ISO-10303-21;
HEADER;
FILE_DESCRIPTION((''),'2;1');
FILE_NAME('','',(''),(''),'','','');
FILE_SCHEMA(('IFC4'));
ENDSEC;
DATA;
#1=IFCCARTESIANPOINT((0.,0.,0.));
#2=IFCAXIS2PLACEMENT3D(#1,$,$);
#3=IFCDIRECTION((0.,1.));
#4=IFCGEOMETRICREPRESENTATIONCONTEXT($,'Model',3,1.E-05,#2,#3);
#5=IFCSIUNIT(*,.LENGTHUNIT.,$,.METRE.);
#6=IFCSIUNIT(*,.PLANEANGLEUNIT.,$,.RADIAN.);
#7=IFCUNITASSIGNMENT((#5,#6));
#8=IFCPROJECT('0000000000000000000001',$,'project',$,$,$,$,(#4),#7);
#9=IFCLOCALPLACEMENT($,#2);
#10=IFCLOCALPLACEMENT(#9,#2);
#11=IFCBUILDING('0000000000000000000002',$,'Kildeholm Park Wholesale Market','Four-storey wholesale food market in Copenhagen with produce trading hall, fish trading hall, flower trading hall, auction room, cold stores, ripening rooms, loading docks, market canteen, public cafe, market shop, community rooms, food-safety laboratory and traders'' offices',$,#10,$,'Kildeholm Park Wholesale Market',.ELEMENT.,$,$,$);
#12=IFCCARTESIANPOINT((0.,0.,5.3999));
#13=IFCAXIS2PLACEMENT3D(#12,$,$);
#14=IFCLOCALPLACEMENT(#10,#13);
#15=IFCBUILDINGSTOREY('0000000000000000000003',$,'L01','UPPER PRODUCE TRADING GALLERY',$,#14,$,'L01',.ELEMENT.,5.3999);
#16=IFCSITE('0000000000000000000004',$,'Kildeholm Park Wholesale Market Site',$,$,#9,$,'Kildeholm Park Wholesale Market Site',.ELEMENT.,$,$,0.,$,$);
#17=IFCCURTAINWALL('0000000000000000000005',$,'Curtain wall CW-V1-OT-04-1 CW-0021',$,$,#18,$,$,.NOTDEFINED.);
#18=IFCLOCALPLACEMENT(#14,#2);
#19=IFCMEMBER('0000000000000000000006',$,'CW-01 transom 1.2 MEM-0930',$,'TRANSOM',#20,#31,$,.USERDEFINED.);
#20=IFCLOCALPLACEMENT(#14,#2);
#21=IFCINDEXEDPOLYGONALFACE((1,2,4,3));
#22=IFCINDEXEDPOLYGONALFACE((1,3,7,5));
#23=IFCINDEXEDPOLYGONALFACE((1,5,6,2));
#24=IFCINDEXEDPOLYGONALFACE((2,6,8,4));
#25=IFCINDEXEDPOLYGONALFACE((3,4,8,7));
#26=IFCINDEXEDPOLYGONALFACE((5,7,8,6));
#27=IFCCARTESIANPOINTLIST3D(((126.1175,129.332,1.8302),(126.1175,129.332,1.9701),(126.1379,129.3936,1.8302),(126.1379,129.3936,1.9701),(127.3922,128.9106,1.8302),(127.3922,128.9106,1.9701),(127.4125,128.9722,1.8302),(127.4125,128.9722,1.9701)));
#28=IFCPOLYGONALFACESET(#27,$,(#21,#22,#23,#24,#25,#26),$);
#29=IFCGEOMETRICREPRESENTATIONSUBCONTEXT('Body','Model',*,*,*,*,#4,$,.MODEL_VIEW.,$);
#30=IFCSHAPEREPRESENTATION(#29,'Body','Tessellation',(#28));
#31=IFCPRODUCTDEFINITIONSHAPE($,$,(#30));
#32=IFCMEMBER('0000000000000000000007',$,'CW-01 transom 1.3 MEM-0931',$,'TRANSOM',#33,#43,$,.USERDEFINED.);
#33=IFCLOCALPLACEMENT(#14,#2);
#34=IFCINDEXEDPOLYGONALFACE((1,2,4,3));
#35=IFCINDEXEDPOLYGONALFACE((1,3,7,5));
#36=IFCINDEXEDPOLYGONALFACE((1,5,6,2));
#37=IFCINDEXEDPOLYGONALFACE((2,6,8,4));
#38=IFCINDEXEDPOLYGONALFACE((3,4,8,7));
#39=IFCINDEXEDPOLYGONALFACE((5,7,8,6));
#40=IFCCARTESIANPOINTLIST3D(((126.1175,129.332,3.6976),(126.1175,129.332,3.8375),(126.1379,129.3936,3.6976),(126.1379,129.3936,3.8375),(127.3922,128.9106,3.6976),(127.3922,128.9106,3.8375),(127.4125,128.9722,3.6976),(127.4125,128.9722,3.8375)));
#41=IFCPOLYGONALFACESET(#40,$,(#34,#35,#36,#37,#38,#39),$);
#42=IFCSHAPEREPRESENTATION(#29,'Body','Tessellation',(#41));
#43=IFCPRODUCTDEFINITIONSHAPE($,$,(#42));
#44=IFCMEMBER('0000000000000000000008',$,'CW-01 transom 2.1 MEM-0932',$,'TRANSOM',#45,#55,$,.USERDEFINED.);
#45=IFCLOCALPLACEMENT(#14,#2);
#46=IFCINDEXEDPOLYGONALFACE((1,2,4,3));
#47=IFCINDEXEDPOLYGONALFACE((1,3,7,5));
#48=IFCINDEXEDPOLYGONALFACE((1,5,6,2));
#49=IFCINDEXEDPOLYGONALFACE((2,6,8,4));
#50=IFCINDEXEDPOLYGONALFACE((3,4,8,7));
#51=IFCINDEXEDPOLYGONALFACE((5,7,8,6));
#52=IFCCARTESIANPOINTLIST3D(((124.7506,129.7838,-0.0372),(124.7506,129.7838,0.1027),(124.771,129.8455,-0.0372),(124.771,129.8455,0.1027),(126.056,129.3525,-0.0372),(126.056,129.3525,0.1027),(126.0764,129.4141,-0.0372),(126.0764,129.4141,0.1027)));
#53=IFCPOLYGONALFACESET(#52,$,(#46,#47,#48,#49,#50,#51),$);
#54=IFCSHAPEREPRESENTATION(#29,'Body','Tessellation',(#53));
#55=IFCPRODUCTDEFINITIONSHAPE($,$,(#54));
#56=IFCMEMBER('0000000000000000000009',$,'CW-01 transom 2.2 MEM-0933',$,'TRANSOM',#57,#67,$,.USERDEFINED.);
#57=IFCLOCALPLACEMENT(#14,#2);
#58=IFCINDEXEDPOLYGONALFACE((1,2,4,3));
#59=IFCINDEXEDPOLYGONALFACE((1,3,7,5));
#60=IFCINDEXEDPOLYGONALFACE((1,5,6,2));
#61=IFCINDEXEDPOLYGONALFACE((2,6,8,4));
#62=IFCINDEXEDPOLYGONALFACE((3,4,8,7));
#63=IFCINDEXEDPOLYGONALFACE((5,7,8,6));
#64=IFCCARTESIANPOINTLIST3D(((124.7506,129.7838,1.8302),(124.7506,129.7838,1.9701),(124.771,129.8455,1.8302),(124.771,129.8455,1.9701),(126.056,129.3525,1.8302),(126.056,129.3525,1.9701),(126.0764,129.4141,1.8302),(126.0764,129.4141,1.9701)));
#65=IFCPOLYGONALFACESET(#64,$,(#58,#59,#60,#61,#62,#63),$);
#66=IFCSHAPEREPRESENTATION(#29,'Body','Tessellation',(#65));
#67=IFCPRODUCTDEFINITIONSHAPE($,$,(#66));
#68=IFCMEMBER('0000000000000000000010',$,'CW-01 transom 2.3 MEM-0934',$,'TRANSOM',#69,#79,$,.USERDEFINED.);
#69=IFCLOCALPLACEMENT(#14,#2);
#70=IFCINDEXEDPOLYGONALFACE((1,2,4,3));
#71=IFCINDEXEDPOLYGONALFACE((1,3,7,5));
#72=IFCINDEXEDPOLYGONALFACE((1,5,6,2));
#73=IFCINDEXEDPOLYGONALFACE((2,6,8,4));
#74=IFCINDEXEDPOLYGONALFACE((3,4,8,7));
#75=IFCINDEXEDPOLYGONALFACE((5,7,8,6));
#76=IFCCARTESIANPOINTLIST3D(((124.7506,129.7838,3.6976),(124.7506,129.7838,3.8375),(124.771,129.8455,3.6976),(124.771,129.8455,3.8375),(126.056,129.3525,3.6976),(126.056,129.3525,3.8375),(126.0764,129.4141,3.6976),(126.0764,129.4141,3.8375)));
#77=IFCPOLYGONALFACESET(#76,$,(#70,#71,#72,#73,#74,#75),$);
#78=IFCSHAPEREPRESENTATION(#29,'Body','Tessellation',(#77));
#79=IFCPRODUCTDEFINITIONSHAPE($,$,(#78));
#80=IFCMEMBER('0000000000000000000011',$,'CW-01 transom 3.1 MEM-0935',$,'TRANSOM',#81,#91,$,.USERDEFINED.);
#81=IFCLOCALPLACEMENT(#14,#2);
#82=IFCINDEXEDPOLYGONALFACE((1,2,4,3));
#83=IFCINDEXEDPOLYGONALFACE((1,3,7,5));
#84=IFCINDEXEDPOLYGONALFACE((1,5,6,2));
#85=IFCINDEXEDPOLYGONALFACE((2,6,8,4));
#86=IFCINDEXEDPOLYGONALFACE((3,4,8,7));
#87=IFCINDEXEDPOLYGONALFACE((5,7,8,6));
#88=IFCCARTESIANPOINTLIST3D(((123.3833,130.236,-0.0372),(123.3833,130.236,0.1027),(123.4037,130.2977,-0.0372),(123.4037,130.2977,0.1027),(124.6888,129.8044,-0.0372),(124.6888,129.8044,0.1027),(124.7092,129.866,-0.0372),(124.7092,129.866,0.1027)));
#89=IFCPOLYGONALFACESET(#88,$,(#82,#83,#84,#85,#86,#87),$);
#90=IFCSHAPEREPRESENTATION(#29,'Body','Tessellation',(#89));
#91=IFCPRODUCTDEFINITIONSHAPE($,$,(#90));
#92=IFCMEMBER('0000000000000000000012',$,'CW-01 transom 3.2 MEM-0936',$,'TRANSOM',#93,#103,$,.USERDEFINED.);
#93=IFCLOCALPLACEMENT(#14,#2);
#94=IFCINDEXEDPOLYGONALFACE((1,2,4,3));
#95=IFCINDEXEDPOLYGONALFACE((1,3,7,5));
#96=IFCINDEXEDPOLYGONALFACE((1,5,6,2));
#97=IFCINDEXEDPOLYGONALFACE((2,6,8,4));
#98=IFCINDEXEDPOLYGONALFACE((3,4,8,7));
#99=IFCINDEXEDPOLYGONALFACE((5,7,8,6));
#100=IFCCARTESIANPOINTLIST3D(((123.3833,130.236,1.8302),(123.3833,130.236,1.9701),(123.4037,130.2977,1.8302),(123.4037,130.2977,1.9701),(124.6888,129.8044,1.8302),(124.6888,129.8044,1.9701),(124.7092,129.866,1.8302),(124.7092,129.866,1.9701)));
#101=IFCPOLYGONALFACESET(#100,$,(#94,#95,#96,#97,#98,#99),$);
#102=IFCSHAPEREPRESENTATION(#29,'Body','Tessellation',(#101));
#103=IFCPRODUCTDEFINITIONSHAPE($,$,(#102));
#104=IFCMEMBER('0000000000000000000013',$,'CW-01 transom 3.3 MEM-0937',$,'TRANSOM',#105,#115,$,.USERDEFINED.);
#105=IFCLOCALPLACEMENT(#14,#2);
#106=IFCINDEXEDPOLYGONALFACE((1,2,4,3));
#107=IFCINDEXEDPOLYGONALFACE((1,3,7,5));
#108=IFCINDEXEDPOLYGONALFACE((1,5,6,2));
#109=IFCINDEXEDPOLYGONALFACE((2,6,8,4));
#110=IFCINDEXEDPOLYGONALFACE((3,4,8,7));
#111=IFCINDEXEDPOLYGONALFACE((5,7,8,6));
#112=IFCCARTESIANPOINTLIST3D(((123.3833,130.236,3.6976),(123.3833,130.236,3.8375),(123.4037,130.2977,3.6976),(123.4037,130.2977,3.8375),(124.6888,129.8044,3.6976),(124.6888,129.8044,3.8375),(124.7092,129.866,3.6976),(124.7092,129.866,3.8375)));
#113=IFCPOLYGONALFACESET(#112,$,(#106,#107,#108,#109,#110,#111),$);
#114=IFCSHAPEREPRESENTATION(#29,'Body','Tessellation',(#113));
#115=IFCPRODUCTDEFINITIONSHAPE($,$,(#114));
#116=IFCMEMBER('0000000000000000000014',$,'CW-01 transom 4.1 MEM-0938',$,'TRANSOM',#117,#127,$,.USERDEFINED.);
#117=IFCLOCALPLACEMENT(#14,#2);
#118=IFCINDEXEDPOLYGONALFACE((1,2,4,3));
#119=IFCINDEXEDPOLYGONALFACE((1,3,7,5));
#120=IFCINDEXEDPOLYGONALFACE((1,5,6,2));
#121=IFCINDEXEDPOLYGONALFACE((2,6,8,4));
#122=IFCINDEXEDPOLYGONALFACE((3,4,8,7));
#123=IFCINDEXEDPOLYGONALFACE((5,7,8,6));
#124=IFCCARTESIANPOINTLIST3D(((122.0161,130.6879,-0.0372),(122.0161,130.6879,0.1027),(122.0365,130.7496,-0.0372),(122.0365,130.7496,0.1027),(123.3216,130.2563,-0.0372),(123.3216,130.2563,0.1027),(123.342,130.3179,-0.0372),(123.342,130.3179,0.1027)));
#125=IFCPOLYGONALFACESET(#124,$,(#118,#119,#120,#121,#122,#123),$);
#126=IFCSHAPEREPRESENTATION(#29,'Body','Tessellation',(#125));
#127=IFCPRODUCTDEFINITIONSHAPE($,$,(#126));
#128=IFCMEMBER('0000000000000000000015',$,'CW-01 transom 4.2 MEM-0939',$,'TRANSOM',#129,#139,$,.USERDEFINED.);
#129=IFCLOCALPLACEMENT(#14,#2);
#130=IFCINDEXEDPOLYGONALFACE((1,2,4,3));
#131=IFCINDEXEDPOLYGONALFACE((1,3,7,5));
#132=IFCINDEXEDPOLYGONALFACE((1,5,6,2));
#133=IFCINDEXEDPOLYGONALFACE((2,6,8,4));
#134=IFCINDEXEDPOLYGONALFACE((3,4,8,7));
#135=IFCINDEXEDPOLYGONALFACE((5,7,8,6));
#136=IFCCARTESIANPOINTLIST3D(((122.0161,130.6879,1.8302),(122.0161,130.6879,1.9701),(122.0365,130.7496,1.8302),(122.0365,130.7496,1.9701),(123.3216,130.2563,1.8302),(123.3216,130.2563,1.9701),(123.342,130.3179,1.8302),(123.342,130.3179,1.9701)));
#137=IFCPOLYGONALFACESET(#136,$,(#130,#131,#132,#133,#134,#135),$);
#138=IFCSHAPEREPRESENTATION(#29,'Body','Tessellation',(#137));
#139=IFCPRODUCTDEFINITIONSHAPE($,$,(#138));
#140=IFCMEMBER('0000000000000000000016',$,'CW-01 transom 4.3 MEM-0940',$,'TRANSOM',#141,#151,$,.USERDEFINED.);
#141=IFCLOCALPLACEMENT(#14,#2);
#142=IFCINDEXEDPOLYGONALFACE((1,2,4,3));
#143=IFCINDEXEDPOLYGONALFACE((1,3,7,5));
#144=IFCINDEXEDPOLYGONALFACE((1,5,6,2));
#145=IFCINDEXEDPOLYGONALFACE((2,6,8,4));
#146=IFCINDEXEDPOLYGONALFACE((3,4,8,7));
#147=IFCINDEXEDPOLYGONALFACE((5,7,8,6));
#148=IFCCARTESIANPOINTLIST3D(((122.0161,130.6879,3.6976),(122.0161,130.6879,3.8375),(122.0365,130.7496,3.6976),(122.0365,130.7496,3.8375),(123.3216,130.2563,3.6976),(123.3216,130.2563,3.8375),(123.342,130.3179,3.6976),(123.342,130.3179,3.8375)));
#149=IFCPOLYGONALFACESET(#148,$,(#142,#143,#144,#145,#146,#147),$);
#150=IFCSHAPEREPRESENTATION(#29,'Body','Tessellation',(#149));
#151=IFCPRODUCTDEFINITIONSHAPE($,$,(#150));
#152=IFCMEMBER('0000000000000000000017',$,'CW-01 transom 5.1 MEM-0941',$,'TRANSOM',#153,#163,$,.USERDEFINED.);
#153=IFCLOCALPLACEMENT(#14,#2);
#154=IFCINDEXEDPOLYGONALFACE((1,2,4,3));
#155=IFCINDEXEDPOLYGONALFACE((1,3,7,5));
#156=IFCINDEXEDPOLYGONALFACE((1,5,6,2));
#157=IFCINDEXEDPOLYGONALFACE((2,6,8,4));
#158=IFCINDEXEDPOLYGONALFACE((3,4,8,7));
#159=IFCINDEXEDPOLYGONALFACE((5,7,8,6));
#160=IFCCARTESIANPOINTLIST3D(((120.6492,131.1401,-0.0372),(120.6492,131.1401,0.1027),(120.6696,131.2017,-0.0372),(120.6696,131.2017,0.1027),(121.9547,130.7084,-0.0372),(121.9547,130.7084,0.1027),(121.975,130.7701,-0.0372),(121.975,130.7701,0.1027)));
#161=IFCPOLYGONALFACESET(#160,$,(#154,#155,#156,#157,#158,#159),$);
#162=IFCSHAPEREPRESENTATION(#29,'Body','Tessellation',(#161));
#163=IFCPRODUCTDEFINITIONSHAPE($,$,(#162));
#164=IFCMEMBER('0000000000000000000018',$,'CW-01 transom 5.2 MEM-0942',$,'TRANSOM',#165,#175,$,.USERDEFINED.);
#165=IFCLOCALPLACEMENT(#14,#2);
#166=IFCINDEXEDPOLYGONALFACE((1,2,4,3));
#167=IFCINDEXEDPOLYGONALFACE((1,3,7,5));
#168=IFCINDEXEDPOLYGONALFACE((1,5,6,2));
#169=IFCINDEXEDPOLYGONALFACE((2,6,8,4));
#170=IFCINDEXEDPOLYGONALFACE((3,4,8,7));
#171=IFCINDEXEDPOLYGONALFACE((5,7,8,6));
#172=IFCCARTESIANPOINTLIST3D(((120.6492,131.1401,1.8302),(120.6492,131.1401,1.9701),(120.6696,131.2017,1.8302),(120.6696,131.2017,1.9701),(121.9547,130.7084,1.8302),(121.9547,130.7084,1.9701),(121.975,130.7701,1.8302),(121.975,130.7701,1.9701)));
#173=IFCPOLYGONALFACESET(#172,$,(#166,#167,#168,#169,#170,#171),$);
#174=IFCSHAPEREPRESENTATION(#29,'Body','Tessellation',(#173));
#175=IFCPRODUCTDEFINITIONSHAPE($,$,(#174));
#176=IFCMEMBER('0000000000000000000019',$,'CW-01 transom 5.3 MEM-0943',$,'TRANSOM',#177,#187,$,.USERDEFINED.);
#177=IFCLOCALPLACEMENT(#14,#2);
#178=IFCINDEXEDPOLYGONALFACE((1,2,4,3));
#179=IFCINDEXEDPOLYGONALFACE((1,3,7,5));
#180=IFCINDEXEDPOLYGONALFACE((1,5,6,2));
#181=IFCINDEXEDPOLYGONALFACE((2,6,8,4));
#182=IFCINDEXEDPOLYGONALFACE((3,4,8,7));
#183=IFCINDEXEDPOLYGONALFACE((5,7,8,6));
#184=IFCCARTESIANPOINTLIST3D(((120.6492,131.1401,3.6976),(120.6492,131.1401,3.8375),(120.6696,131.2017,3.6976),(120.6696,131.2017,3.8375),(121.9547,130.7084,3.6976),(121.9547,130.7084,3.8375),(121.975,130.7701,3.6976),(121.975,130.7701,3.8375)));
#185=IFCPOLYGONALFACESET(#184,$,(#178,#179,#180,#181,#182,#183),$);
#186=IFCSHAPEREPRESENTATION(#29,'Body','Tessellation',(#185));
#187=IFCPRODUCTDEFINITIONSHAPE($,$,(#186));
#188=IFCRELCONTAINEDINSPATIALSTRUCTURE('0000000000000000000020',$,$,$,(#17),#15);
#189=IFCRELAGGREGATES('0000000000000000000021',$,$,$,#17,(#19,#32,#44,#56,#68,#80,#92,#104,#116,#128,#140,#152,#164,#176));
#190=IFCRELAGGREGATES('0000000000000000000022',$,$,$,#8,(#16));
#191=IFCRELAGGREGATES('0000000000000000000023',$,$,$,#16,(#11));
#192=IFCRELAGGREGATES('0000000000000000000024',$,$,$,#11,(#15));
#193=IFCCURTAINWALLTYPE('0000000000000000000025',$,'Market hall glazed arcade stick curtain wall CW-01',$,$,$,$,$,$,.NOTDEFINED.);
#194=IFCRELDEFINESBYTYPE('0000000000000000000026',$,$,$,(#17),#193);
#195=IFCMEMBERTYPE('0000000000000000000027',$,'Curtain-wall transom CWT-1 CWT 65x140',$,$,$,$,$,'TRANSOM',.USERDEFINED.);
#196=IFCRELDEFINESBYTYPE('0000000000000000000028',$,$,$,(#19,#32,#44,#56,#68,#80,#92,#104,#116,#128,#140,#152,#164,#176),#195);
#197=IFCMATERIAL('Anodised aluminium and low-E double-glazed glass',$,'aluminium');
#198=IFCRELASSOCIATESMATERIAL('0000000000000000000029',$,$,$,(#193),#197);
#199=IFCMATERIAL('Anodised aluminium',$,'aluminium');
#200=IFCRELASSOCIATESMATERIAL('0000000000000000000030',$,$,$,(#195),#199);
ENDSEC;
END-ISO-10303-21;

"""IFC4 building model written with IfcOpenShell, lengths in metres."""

from ifc_helpers import new_model, si_unit, direction, frame, origin, origin_2d, place, context, subcontext, project, spatial, rectangle, extrude, material, material_profile, profile_set, type_object, element, aggregate, save


model = new_model("IFC4")

# Units and contexts
model_context = context("Model", 3, precision=1e-05, world=origin(), true_north=direction((0.0, 1.0)))
body_context = subcontext(model_context, "Body", "Model", "MODEL_VIEW")
ifc_project = project(units=[si_unit("LENGTHUNIT", "METRE"), si_unit("PLANEANGLEUNIT", "RADIAN")], contexts=[model_context])

# Site, building, storey
site_placement = place(None, origin())
site = spatial("IfcSite", under=ifc_project, at=site_placement, Name="Kildeholm Park Wholesale Market Site", LongName="Kildeholm Park Wholesale Market Site", CompositionType="ELEMENT", RefElevation=0.0)
building_placement = place(site_placement, origin())
building = spatial("IfcBuilding", under=site, at=building_placement, Name="Kildeholm Park Wholesale Market", Description="Four-storey wholesale food market in Copenhagen with produce trading hall, fish trading hall, flower trading hall, auction room, cold stores, ripening rooms, loading docks, market canteen, public cafe, market shop, community rooms, food-safety laboratory and traders' offices", LongName="Kildeholm Park Wholesale Market", CompositionType="ELEMENT")
storey_placement = place(building_placement, frame((0.0, 0.0, 5.3999)))
storey = spatial("IfcBuildingStorey", under=building, at=storey_placement, Name="L01", Description="UPPER PRODUCE TRADING GALLERY", LongName="L01", CompositionType="ELEMENT", Elevation=5.3999)

# Curtain wall, members
ifc_material_1 = material(Name="Anodised aluminium and low-E double-glazed glass", Category="aluminium")
curtain_wall_type = type_object("IfcCurtainWallType", Name="Market hall glazed arcade stick curtain wall CW-01", PredefinedType="NOTDEFINED", material=ifc_material_1)
curtain_wall_placement = place(storey_placement, origin())
curtain_wall = element("IfcCurtainWall", 1, at=curtain_wall_placement, inside=storey, type_object=curtain_wall_type, Name="Curtain wall CW-V1-OT-04-1 CW-0021", PredefinedType="NOTDEFINED")
ifc_material_2 = material(Name="Anodised aluminium", Category="aluminium")
ifc_material_profile_1 = material_profile(ifc_material_2, rectangle(XDim=0.0649, YDim=0.1399, at=origin_2d()), Name="CWT 65x140")
ifc_profile_set_1 = profile_set([ifc_material_profile_1], Name="Anodised aluminium")
member_type_1 = type_object("IfcMemberType", Name="Curtain-wall transom CWT-1 CWT 65x140", ElementType="TRANSOM", PredefinedType="USERDEFINED", material=ifc_profile_set_1)
member_1_placement = place(storey_placement, frame((127.4023, 128.9414, 1.9001), z_axis=(-0.949462, 0.313881, 0.0), x_axis=(-0.313881, -0.949462, 0.0)))
member_1 = element("IfcMember", 2, at=member_1_placement, type_object=member_type_1, Name="CW-01 transom 1.2 MEM-0930", ObjectType="TRANSOM", PredefinedType="USERDEFINED", context=body_context, shape_type="SweptSolid", body=[
    extrude(rectangle(XDim=0.0649, YDim=0.1399, at=origin_2d()), origin(), (0.0, 0.0, 1.0), 1.3425),
])
member_2_placement = place(storey_placement, frame((127.4023, 128.9414, 3.7676), z_axis=(-0.949462, 0.313881, 0.0), x_axis=(-0.313881, -0.949462, 0.0)))
member_2 = element("IfcMember", 3, at=member_2_placement, type_object=member_type_1, Name="CW-01 transom 1.3 MEM-0931", ObjectType="TRANSOM", PredefinedType="USERDEFINED", context=body_context, shape_type="SweptSolid", body=[
    extrude(rectangle(XDim=0.0649, YDim=0.1399, at=origin_2d()), origin(), (0.0, 0.0, 1.0), 1.3425),
])
member_3_placement = place(storey_placement, frame((126.0662, 129.3833, 0.0327), z_axis=(-0.949497, 0.313776, 0.0), x_axis=(-0.313776, -0.949497, 0.0)))
member_3 = element("IfcMember", 4, at=member_3_placement, type_object=member_type_1, Name="CW-01 transom 2.1 MEM-0932", ObjectType="TRANSOM", PredefinedType="USERDEFINED", context=body_context, shape_type="SweptSolid", body=[
    extrude(rectangle(XDim=0.0649, YDim=0.1399, at=origin_2d()), origin(), (0.0, 0.0, 1.0), 1.3748),
])
member_4_placement = place(storey_placement, frame((126.0662, 129.3833, 1.9001), z_axis=(-0.949497, 0.313776, 0.0), x_axis=(-0.313776, -0.949497, 0.0)))
member_4 = element("IfcMember", 5, at=member_4_placement, type_object=member_type_1, Name="CW-01 transom 2.2 MEM-0933", ObjectType="TRANSOM", PredefinedType="USERDEFINED", context=body_context, shape_type="SweptSolid", body=[
    extrude(rectangle(XDim=0.0649, YDim=0.1399, at=origin_2d()), origin(), (0.0, 0.0, 1.0), 1.3748),
])
member_5_placement = place(storey_placement, frame((126.0662, 129.3833, 3.7676), z_axis=(-0.949497, 0.313776, 0.0), x_axis=(-0.313776, -0.949497, 0.0)))
member_5 = element("IfcMember", 6, at=member_5_placement, type_object=member_type_1, Name="CW-01 transom 2.3 MEM-0934", ObjectType="TRANSOM", PredefinedType="USERDEFINED", context=body_context, shape_type="SweptSolid", body=[
    extrude(rectangle(XDim=0.0649, YDim=0.1399, at=origin_2d()), origin(), (0.0, 0.0, 1.0), 1.3748),
])
member_6_placement = place(storey_placement, frame((124.699, 129.8352, 0.0327), z_axis=(-0.949444, 0.313936, 0.0), x_axis=(-0.313936, -0.949444, 0.0)))
member_6 = element("IfcMember", 7, at=member_6_placement, type_object=member_type_1, Name="CW-01 transom 3.1 MEM-0935", ObjectType="TRANSOM", PredefinedType="USERDEFINED", context=body_context, shape_type="SweptSolid", body=[
    extrude(rectangle(XDim=0.0649, YDim=0.1399, at=origin_2d()), origin(), (0.0, 0.0, 1.0), 1.375),
])
member_7_placement = place(storey_placement, frame((124.699, 129.8352, 1.9001), z_axis=(-0.949444, 0.313936, 0.0), x_axis=(-0.313936, -0.949444, 0.0)))
member_7 = element("IfcMember", 8, at=member_7_placement, type_object=member_type_1, Name="CW-01 transom 3.2 MEM-0936", ObjectType="TRANSOM", PredefinedType="USERDEFINED", context=body_context, shape_type="SweptSolid", body=[
    extrude(rectangle(XDim=0.0649, YDim=0.1399, at=origin_2d()), origin(), (0.0, 0.0, 1.0), 1.375),
])
member_8_placement = place(storey_placement, frame((124.699, 129.8352, 3.7676), z_axis=(-0.949444, 0.313936, 0.0), x_axis=(-0.313936, -0.949444, 0.0)))
member_8 = element("IfcMember", 9, at=member_8_placement, type_object=member_type_1, Name="CW-01 transom 3.3 MEM-0937", ObjectType="TRANSOM", PredefinedType="USERDEFINED", context=body_context, shape_type="SweptSolid", body=[
    extrude(rectangle(XDim=0.0649, YDim=0.1399, at=origin_2d()), origin(), (0.0, 0.0, 1.0), 1.375),
])
member_9_placement = place(storey_placement, frame((123.3318, 130.2871, 0.0327), z_axis=(-0.949444, 0.313936, 0.0), x_axis=(-0.313936, -0.949444, 0.0)))
member_9 = element("IfcMember", 10, at=member_9_placement, type_object=member_type_1, Name="CW-01 transom 4.1 MEM-0938", ObjectType="TRANSOM", PredefinedType="USERDEFINED", context=body_context, shape_type="SweptSolid", body=[
    extrude(rectangle(XDim=0.0649, YDim=0.1399, at=origin_2d()), origin(), (0.0, 0.0, 1.0), 1.375),
])
member_10_placement = place(storey_placement, frame((123.3318, 130.2871, 1.9001), z_axis=(-0.949444, 0.313936, 0.0), x_axis=(-0.313936, -0.949444, 0.0)))
member_10 = element("IfcMember", 11, at=member_10_placement, type_object=member_type_1, Name="CW-01 transom 4.2 MEM-0939", ObjectType="TRANSOM", PredefinedType="USERDEFINED", context=body_context, shape_type="SweptSolid", body=[
    extrude(rectangle(XDim=0.0649, YDim=0.1399, at=origin_2d()), origin(), (0.0, 0.0, 1.0), 1.375),
])
member_11_placement = place(storey_placement, frame((123.3318, 130.2871, 3.7676), z_axis=(-0.949444, 0.313936, 0.0), x_axis=(-0.313936, -0.949444, 0.0)))
member_11 = element("IfcMember", 12, at=member_11_placement, type_object=member_type_1, Name="CW-01 transom 4.3 MEM-0940", ObjectType="TRANSOM", PredefinedType="USERDEFINED", context=body_context, shape_type="SweptSolid", body=[
    extrude(rectangle(XDim=0.0649, YDim=0.1399, at=origin_2d()), origin(), (0.0, 0.0, 1.0), 1.375),
])
member_12_placement = place(storey_placement, frame((121.9648, 130.7393, 0.0327), z_axis=(-0.949444, 0.313936, 0.0), x_axis=(-0.313936, -0.949444, 0.0)))
member_12 = element("IfcMember", 13, at=member_12_placement, type_object=member_type_1, Name="CW-01 transom 5.1 MEM-0941", ObjectType="TRANSOM", PredefinedType="USERDEFINED", context=body_context, shape_type="SweptSolid", body=[
    extrude(rectangle(XDim=0.0649, YDim=0.1399, at=origin_2d()), origin(), (0.0, 0.0, 1.0), 1.375),
])
member_13_placement = place(storey_placement, frame((121.9648, 130.7393, 1.9001), z_axis=(-0.949444, 0.313936, 0.0), x_axis=(-0.313936, -0.949444, 0.0)))
member_13 = element("IfcMember", 14, at=member_13_placement, type_object=member_type_1, Name="CW-01 transom 5.2 MEM-0942", ObjectType="TRANSOM", PredefinedType="USERDEFINED", context=body_context, shape_type="SweptSolid", body=[
    extrude(rectangle(XDim=0.0649, YDim=0.1399, at=origin_2d()), origin(), (0.0, 0.0, 1.0), 1.375),
])
member_14_placement = place(storey_placement, frame((121.9648, 130.7393, 3.7676), z_axis=(-0.949444, 0.313936, 0.0), x_axis=(-0.313936, -0.949444, 0.0)))
member_14 = element("IfcMember", 15, at=member_14_placement, type_object=member_type_1, Name="CW-01 transom 5.3 MEM-0943", ObjectType="TRANSOM", PredefinedType="USERDEFINED", context=body_context, shape_type="SweptSolid", body=[
    extrude(rectangle(XDim=0.0649, YDim=0.1399, at=origin_2d()), origin(), (0.0, 0.0, 1.0), 1.375),
])
aggregate(curtain_wall, [member_1, member_2, member_3, member_4, member_5, member_6, member_7, member_8, member_9, member_10, member_11, member_12, member_13, member_14])

save(model, "model.ifc")
